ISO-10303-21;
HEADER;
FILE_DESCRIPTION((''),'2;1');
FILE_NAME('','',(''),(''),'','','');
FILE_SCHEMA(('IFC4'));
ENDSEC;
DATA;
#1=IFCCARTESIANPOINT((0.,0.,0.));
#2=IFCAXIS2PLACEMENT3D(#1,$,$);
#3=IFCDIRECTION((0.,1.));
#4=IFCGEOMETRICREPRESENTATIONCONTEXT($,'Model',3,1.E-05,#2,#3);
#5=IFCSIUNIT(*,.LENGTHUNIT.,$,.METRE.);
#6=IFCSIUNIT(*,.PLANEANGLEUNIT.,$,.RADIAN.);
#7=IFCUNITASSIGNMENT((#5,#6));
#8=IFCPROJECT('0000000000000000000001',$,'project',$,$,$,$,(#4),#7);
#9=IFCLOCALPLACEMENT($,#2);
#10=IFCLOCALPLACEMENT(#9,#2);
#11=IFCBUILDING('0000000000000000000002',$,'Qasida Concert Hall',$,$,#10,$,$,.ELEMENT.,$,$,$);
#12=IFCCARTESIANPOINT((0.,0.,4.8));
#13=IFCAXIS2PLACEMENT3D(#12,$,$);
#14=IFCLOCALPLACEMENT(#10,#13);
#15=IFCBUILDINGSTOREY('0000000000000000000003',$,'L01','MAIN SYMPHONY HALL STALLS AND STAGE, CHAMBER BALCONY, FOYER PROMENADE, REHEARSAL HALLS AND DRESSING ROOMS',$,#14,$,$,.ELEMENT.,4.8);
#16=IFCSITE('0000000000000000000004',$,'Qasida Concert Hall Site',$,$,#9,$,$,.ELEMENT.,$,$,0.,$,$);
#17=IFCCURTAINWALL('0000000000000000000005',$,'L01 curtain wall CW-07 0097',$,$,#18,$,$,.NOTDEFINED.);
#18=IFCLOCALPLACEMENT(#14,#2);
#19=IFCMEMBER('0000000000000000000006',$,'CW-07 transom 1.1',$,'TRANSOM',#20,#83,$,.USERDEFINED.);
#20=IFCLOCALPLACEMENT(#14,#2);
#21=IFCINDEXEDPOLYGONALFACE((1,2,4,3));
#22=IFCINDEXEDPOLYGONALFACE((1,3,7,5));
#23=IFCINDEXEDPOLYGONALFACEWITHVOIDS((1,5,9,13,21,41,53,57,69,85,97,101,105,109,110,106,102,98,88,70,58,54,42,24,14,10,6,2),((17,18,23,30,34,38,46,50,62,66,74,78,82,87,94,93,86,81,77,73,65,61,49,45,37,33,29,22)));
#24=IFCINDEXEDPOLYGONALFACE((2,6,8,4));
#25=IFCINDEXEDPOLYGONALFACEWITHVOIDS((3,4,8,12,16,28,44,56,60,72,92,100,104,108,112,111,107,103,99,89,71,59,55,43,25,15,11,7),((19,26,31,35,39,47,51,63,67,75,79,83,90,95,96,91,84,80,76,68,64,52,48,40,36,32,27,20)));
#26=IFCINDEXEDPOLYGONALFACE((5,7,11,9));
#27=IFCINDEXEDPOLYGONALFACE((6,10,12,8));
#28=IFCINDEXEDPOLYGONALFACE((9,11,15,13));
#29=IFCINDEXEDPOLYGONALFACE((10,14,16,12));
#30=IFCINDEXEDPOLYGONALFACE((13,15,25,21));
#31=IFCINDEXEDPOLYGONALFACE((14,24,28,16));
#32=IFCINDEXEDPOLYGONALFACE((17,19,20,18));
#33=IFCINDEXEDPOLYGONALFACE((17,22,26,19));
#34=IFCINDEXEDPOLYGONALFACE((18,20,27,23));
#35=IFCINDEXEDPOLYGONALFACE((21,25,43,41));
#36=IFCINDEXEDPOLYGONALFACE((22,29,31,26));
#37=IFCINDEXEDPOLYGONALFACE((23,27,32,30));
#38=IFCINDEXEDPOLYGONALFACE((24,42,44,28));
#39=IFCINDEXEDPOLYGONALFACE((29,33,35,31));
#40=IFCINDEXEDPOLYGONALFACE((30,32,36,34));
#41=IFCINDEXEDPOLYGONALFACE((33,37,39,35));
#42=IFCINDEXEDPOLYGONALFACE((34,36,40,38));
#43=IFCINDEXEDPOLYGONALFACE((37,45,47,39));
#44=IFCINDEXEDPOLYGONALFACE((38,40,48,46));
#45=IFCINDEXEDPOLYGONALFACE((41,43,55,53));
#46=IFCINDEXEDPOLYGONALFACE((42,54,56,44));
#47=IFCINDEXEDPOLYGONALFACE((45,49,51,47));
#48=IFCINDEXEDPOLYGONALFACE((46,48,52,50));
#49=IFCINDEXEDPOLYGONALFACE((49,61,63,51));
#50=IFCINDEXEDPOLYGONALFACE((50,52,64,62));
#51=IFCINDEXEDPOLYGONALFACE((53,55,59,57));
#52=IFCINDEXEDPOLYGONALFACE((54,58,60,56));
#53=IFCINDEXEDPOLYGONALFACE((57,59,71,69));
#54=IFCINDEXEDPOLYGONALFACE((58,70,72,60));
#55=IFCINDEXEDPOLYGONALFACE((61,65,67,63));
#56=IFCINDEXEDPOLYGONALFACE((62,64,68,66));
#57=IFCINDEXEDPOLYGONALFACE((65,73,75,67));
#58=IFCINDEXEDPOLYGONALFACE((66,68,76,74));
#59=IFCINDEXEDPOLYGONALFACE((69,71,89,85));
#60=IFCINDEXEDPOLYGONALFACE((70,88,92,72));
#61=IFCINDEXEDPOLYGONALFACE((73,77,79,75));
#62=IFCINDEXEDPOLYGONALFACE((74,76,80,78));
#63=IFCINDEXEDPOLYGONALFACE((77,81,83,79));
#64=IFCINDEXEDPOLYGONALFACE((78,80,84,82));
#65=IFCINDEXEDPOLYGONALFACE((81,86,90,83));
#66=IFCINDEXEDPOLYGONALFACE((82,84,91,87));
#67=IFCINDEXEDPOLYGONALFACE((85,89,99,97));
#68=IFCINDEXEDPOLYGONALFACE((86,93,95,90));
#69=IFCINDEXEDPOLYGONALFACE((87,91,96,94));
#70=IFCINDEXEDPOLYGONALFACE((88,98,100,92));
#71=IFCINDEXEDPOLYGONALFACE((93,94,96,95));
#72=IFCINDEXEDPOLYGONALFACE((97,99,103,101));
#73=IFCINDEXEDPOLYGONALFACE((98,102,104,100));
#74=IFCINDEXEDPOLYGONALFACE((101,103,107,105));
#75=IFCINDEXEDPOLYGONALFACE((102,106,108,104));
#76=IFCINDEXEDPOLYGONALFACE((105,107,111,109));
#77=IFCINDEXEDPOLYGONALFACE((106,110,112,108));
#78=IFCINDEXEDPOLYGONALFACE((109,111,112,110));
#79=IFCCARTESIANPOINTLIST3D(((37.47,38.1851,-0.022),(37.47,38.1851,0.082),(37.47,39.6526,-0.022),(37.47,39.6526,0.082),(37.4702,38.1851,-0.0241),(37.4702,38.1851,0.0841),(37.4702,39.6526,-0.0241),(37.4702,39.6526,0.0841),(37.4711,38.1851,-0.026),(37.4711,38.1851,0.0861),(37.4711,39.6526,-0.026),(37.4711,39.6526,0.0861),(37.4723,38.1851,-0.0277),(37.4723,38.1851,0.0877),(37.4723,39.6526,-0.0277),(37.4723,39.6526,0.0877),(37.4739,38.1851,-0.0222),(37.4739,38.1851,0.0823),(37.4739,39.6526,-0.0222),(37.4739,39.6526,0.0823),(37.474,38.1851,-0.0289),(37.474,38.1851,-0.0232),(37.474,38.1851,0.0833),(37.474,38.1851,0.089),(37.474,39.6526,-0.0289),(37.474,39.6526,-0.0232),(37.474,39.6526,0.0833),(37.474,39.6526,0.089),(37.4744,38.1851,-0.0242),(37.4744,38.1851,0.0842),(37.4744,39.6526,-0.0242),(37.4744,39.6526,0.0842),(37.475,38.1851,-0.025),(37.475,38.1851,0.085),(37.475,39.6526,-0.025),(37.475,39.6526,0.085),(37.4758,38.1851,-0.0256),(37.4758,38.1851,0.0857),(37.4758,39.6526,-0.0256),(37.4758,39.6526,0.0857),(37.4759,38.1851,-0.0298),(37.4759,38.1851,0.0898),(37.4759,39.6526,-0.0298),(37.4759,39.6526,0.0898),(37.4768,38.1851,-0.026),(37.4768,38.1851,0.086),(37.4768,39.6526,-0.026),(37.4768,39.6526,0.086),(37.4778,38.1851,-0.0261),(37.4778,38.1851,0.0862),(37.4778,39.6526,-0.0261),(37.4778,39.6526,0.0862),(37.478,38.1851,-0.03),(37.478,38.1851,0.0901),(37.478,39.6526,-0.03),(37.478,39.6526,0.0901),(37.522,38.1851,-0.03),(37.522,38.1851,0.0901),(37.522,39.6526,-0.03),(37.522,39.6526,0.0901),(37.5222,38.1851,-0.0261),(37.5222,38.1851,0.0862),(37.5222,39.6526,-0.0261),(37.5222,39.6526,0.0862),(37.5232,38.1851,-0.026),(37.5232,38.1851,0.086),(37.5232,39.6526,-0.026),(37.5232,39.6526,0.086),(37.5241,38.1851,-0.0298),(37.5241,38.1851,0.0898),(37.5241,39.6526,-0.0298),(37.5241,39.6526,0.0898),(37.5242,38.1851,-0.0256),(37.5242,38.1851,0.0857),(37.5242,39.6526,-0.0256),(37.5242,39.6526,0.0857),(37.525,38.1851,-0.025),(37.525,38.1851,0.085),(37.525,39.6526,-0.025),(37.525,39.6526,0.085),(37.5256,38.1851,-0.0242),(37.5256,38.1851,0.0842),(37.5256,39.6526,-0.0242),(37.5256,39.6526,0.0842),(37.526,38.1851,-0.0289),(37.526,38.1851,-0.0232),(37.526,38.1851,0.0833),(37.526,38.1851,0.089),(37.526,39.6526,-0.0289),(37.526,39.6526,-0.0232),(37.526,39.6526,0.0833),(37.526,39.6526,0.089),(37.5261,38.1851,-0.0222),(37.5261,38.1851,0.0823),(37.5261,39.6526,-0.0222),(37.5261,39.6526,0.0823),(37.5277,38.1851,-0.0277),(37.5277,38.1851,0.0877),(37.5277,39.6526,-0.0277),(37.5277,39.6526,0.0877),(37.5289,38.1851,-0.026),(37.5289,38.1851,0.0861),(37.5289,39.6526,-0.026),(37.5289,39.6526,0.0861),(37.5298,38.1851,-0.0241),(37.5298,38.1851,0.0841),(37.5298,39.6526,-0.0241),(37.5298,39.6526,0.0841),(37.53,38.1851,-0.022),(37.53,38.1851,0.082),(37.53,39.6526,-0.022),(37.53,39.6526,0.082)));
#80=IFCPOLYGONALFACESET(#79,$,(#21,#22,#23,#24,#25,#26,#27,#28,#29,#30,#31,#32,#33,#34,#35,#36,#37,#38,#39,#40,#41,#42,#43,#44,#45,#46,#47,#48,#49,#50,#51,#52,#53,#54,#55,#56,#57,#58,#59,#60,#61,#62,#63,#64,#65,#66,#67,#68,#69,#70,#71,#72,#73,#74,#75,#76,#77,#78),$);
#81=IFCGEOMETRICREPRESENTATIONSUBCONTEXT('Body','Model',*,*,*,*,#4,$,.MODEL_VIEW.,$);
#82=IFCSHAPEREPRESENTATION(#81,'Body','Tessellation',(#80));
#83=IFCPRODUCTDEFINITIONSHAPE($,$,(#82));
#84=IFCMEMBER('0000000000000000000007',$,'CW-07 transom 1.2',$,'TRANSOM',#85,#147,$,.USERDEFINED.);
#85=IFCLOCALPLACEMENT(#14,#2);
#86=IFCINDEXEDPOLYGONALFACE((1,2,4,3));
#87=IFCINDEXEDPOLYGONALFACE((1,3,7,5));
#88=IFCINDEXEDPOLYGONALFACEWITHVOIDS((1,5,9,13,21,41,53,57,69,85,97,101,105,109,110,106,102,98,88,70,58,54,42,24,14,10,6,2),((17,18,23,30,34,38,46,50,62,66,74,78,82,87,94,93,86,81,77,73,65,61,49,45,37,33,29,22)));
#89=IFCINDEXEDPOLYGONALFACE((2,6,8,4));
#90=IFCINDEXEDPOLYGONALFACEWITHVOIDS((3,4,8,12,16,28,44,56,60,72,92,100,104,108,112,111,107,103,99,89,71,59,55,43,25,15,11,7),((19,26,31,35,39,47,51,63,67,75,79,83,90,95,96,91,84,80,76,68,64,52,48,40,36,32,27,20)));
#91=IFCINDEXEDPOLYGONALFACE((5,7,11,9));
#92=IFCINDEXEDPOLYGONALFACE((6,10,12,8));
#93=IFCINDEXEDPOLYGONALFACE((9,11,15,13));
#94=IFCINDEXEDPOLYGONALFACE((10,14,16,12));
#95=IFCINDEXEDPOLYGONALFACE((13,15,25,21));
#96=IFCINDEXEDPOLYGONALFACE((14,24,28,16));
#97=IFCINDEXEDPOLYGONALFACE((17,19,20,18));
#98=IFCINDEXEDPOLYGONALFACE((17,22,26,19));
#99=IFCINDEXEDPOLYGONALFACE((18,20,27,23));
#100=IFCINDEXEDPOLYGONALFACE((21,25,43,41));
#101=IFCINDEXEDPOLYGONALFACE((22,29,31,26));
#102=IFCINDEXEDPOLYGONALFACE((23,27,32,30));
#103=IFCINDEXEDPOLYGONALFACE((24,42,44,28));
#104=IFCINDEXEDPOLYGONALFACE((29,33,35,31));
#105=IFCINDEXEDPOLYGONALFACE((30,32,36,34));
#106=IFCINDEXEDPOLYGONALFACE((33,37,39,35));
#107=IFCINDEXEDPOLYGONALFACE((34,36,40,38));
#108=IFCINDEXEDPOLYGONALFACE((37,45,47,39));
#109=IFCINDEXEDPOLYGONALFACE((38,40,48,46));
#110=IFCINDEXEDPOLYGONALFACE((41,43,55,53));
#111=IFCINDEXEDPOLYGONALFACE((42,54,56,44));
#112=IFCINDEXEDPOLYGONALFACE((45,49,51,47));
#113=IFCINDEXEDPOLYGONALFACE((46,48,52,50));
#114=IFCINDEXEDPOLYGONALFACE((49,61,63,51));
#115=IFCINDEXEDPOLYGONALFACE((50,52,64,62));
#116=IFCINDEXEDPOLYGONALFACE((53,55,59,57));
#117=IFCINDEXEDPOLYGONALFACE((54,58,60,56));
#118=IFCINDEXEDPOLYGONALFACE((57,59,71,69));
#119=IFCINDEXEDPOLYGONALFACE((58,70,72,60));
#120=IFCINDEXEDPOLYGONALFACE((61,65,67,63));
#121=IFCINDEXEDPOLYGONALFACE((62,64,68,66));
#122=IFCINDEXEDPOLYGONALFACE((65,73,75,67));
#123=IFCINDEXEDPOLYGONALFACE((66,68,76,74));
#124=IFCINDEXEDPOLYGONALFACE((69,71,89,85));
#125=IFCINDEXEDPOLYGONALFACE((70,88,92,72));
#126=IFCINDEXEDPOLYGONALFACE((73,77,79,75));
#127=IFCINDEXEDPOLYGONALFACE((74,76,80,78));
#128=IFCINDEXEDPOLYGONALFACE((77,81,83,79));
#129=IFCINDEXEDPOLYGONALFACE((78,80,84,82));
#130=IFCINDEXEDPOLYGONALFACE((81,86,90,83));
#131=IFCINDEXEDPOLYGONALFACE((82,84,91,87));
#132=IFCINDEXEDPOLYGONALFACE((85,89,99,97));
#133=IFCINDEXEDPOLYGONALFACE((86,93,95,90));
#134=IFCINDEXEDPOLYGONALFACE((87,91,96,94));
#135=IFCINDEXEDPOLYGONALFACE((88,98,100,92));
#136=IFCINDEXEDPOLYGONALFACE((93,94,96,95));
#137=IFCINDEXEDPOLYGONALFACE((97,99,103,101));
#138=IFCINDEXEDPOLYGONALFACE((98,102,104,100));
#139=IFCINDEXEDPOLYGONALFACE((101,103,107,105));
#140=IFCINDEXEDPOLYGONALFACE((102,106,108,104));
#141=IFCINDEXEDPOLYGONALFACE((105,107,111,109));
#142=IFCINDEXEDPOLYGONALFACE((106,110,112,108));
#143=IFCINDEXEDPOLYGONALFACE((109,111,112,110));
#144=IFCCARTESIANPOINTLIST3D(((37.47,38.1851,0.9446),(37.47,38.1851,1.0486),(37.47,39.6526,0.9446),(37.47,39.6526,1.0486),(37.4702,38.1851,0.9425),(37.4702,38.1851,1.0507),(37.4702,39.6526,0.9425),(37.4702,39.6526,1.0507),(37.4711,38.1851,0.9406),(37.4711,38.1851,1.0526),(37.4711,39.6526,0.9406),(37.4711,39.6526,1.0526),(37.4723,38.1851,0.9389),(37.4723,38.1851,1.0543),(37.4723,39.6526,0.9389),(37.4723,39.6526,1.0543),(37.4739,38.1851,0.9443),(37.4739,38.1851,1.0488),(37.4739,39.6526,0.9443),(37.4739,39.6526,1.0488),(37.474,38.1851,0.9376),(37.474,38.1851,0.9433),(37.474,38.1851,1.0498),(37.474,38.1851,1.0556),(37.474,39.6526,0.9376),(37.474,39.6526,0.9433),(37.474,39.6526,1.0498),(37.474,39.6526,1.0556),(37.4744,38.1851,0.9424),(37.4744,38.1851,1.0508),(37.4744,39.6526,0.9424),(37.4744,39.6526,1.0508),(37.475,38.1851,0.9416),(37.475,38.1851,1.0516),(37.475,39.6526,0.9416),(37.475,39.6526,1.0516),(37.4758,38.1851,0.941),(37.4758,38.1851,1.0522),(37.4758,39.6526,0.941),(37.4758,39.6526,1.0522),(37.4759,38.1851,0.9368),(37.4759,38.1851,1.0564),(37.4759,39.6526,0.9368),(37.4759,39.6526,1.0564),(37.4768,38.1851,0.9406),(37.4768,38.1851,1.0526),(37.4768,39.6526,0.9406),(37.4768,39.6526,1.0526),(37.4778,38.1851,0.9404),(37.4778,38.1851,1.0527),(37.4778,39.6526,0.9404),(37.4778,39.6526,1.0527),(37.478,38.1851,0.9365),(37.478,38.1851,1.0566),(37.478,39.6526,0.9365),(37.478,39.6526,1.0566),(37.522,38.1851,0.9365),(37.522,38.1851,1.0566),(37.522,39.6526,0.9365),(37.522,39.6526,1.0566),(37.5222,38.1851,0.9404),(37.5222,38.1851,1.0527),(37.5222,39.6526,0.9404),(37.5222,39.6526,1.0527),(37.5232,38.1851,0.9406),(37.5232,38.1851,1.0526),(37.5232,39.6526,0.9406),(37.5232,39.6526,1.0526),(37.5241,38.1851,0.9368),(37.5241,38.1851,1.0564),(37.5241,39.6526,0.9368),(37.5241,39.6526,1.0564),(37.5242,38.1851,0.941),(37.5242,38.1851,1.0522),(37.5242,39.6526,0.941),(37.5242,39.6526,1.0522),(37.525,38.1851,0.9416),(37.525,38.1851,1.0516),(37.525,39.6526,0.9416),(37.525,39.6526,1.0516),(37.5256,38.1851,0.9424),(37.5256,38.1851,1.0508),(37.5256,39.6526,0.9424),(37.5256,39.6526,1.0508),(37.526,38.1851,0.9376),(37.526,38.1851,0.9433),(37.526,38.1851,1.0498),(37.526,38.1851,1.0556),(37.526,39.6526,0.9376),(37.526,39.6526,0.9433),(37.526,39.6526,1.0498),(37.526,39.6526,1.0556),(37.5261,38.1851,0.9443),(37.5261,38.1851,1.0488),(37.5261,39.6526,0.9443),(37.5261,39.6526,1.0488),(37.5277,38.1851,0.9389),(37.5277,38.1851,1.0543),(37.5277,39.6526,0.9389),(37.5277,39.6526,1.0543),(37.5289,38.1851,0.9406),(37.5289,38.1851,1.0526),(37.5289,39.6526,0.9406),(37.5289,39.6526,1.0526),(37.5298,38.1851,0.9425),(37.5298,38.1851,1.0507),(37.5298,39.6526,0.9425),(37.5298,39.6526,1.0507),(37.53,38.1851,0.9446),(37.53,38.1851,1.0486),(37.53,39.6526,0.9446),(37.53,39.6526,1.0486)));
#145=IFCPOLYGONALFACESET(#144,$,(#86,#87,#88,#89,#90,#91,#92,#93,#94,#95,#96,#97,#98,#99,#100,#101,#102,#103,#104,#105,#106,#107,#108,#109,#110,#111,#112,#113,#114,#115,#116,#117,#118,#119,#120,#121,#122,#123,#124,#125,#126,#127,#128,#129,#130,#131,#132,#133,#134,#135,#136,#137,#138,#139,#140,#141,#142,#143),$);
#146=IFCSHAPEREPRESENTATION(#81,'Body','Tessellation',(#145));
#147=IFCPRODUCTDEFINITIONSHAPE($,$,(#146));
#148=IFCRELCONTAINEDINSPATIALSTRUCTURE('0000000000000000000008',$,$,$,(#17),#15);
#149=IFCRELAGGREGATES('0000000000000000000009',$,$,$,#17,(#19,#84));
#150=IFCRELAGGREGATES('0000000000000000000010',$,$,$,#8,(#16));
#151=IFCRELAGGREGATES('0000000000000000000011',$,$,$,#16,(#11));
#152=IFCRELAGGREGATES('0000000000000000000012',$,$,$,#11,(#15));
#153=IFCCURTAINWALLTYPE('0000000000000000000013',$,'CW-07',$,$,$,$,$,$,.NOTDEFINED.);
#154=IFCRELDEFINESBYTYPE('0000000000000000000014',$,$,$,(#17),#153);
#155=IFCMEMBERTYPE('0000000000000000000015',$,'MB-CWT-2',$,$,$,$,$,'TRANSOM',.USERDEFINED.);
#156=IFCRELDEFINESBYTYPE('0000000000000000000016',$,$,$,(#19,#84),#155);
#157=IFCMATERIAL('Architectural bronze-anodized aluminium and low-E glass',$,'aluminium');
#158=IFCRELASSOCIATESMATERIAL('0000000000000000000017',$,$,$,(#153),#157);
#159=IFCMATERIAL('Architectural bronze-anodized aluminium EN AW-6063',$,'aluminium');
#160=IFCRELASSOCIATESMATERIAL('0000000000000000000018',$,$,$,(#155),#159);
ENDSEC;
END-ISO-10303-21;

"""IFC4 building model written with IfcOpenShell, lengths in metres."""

from ifc_helpers import new_model, si_unit, direction, frame, origin, origin_2d, place, context, subcontext, project, spatial, hollow_rectangle, extrude, material, material_profile, profile_set, type_object, element, aggregate, save


model = new_model("IFC4")

# Units and contexts
model_context = context("Model", 3, precision=1e-05, world=origin(), true_north=direction((0.0, 1.0)))
body_context = subcontext(model_context, "Body", "Model", "MODEL_VIEW")
ifc_project = project(units=[si_unit("LENGTHUNIT", "METRE"), si_unit("PLANEANGLEUNIT", "RADIAN")], contexts=[model_context])

# Site, building, storey
site_placement = place(None, origin())
site = spatial("IfcSite", under=ifc_project, at=site_placement, Name="Qasida Concert Hall Site", CompositionType="ELEMENT", RefElevation=0.0)
building_placement = place(site_placement, origin())
building = spatial("IfcBuilding", under=site, at=building_placement, Name="Qasida Concert Hall", CompositionType="ELEMENT")
storey_placement = place(building_placement, frame((0.0, 0.0, 4.8)))
storey = spatial("IfcBuildingStorey", under=building, at=storey_placement, Name="L01", Description="MAIN SYMPHONY HALL STALLS AND STAGE, CHAMBER BALCONY, FOYER PROMENADE, REHEARSAL HALLS AND DRESSING ROOMS", CompositionType="ELEMENT", Elevation=4.8)

# Curtain wall, members
ifc_material_1 = material(Name="Architectural bronze-anodized aluminium and low-E glass", Category="aluminium")
curtain_wall_type = type_object("IfcCurtainWallType", Name="CW-07", PredefinedType="NOTDEFINED", material=ifc_material_1)
curtain_wall_placement = place(storey_placement, origin())
curtain_wall = element("IfcCurtainWall", 1, at=curtain_wall_placement, inside=storey, type_object=curtain_wall_type, Name="L01 curtain wall CW-07 0097", PredefinedType="NOTDEFINED")
ifc_material_2 = material(Name="Architectural bronze-anodized aluminium EN AW-6063", Category="aluminium")
ifc_material_profile_1 = material_profile(ifc_material_2, hollow_rectangle(XDim=0.0601, YDim=0.1201, WallThickness=0.0039, InnerFilletRadius=0.0039, OuterFilletRadius=0.0081, at=origin_2d()), Name="CWT 120x60x4")
ifc_profile_set_1 = profile_set([ifc_material_profile_1], Name="Architectural bronze-anodized aluminium EN AW-6063")
member_type_1 = type_object("IfcMemberType", Name="MB-CWT-2", ElementType="TRANSOM", PredefinedType="USERDEFINED", material=ifc_profile_set_1)
member_1_placement = place(storey_placement, frame((37.5, 38.1851, 0.03), z_axis=(0.0, 1.0, 0.0), x_axis=(-1.0, 0.0, 0.0)))
member_1 = element("IfcMember", 2, at=member_1_placement, type_object=member_type_1, Name="CW-07 transom 1.1", ObjectType="TRANSOM", PredefinedType="USERDEFINED", context=body_context, shape_type="SweptSolid", body=[
    extrude(hollow_rectangle(XDim=0.0601, YDim=0.1201, WallThickness=0.0039, InnerFilletRadius=0.0039, OuterFilletRadius=0.0081, at=origin_2d()), origin(), (0.0, 0.0, 1.0), 1.4675),
])
member_2_placement = place(storey_placement, frame((37.5, 38.1851, 0.9966), z_axis=(0.0, 1.0, 0.0), x_axis=(-1.0, 0.0, 0.0)))
member_2 = element("IfcMember", 3, at=member_2_placement, type_object=member_type_1, Name="CW-07 transom 1.2", ObjectType="TRANSOM", PredefinedType="USERDEFINED", context=body_context, shape_type="SweptSolid", body=[
    extrude(hollow_rectangle(XDim=0.0601, YDim=0.1201, WallThickness=0.0039, InnerFilletRadius=0.0039, OuterFilletRadius=0.0081, at=origin_2d()), origin(), (0.0, 0.0, 1.0), 1.4675),
])
aggregate(curtain_wall, [member_1, member_2])

save(model, "model.ifc")
